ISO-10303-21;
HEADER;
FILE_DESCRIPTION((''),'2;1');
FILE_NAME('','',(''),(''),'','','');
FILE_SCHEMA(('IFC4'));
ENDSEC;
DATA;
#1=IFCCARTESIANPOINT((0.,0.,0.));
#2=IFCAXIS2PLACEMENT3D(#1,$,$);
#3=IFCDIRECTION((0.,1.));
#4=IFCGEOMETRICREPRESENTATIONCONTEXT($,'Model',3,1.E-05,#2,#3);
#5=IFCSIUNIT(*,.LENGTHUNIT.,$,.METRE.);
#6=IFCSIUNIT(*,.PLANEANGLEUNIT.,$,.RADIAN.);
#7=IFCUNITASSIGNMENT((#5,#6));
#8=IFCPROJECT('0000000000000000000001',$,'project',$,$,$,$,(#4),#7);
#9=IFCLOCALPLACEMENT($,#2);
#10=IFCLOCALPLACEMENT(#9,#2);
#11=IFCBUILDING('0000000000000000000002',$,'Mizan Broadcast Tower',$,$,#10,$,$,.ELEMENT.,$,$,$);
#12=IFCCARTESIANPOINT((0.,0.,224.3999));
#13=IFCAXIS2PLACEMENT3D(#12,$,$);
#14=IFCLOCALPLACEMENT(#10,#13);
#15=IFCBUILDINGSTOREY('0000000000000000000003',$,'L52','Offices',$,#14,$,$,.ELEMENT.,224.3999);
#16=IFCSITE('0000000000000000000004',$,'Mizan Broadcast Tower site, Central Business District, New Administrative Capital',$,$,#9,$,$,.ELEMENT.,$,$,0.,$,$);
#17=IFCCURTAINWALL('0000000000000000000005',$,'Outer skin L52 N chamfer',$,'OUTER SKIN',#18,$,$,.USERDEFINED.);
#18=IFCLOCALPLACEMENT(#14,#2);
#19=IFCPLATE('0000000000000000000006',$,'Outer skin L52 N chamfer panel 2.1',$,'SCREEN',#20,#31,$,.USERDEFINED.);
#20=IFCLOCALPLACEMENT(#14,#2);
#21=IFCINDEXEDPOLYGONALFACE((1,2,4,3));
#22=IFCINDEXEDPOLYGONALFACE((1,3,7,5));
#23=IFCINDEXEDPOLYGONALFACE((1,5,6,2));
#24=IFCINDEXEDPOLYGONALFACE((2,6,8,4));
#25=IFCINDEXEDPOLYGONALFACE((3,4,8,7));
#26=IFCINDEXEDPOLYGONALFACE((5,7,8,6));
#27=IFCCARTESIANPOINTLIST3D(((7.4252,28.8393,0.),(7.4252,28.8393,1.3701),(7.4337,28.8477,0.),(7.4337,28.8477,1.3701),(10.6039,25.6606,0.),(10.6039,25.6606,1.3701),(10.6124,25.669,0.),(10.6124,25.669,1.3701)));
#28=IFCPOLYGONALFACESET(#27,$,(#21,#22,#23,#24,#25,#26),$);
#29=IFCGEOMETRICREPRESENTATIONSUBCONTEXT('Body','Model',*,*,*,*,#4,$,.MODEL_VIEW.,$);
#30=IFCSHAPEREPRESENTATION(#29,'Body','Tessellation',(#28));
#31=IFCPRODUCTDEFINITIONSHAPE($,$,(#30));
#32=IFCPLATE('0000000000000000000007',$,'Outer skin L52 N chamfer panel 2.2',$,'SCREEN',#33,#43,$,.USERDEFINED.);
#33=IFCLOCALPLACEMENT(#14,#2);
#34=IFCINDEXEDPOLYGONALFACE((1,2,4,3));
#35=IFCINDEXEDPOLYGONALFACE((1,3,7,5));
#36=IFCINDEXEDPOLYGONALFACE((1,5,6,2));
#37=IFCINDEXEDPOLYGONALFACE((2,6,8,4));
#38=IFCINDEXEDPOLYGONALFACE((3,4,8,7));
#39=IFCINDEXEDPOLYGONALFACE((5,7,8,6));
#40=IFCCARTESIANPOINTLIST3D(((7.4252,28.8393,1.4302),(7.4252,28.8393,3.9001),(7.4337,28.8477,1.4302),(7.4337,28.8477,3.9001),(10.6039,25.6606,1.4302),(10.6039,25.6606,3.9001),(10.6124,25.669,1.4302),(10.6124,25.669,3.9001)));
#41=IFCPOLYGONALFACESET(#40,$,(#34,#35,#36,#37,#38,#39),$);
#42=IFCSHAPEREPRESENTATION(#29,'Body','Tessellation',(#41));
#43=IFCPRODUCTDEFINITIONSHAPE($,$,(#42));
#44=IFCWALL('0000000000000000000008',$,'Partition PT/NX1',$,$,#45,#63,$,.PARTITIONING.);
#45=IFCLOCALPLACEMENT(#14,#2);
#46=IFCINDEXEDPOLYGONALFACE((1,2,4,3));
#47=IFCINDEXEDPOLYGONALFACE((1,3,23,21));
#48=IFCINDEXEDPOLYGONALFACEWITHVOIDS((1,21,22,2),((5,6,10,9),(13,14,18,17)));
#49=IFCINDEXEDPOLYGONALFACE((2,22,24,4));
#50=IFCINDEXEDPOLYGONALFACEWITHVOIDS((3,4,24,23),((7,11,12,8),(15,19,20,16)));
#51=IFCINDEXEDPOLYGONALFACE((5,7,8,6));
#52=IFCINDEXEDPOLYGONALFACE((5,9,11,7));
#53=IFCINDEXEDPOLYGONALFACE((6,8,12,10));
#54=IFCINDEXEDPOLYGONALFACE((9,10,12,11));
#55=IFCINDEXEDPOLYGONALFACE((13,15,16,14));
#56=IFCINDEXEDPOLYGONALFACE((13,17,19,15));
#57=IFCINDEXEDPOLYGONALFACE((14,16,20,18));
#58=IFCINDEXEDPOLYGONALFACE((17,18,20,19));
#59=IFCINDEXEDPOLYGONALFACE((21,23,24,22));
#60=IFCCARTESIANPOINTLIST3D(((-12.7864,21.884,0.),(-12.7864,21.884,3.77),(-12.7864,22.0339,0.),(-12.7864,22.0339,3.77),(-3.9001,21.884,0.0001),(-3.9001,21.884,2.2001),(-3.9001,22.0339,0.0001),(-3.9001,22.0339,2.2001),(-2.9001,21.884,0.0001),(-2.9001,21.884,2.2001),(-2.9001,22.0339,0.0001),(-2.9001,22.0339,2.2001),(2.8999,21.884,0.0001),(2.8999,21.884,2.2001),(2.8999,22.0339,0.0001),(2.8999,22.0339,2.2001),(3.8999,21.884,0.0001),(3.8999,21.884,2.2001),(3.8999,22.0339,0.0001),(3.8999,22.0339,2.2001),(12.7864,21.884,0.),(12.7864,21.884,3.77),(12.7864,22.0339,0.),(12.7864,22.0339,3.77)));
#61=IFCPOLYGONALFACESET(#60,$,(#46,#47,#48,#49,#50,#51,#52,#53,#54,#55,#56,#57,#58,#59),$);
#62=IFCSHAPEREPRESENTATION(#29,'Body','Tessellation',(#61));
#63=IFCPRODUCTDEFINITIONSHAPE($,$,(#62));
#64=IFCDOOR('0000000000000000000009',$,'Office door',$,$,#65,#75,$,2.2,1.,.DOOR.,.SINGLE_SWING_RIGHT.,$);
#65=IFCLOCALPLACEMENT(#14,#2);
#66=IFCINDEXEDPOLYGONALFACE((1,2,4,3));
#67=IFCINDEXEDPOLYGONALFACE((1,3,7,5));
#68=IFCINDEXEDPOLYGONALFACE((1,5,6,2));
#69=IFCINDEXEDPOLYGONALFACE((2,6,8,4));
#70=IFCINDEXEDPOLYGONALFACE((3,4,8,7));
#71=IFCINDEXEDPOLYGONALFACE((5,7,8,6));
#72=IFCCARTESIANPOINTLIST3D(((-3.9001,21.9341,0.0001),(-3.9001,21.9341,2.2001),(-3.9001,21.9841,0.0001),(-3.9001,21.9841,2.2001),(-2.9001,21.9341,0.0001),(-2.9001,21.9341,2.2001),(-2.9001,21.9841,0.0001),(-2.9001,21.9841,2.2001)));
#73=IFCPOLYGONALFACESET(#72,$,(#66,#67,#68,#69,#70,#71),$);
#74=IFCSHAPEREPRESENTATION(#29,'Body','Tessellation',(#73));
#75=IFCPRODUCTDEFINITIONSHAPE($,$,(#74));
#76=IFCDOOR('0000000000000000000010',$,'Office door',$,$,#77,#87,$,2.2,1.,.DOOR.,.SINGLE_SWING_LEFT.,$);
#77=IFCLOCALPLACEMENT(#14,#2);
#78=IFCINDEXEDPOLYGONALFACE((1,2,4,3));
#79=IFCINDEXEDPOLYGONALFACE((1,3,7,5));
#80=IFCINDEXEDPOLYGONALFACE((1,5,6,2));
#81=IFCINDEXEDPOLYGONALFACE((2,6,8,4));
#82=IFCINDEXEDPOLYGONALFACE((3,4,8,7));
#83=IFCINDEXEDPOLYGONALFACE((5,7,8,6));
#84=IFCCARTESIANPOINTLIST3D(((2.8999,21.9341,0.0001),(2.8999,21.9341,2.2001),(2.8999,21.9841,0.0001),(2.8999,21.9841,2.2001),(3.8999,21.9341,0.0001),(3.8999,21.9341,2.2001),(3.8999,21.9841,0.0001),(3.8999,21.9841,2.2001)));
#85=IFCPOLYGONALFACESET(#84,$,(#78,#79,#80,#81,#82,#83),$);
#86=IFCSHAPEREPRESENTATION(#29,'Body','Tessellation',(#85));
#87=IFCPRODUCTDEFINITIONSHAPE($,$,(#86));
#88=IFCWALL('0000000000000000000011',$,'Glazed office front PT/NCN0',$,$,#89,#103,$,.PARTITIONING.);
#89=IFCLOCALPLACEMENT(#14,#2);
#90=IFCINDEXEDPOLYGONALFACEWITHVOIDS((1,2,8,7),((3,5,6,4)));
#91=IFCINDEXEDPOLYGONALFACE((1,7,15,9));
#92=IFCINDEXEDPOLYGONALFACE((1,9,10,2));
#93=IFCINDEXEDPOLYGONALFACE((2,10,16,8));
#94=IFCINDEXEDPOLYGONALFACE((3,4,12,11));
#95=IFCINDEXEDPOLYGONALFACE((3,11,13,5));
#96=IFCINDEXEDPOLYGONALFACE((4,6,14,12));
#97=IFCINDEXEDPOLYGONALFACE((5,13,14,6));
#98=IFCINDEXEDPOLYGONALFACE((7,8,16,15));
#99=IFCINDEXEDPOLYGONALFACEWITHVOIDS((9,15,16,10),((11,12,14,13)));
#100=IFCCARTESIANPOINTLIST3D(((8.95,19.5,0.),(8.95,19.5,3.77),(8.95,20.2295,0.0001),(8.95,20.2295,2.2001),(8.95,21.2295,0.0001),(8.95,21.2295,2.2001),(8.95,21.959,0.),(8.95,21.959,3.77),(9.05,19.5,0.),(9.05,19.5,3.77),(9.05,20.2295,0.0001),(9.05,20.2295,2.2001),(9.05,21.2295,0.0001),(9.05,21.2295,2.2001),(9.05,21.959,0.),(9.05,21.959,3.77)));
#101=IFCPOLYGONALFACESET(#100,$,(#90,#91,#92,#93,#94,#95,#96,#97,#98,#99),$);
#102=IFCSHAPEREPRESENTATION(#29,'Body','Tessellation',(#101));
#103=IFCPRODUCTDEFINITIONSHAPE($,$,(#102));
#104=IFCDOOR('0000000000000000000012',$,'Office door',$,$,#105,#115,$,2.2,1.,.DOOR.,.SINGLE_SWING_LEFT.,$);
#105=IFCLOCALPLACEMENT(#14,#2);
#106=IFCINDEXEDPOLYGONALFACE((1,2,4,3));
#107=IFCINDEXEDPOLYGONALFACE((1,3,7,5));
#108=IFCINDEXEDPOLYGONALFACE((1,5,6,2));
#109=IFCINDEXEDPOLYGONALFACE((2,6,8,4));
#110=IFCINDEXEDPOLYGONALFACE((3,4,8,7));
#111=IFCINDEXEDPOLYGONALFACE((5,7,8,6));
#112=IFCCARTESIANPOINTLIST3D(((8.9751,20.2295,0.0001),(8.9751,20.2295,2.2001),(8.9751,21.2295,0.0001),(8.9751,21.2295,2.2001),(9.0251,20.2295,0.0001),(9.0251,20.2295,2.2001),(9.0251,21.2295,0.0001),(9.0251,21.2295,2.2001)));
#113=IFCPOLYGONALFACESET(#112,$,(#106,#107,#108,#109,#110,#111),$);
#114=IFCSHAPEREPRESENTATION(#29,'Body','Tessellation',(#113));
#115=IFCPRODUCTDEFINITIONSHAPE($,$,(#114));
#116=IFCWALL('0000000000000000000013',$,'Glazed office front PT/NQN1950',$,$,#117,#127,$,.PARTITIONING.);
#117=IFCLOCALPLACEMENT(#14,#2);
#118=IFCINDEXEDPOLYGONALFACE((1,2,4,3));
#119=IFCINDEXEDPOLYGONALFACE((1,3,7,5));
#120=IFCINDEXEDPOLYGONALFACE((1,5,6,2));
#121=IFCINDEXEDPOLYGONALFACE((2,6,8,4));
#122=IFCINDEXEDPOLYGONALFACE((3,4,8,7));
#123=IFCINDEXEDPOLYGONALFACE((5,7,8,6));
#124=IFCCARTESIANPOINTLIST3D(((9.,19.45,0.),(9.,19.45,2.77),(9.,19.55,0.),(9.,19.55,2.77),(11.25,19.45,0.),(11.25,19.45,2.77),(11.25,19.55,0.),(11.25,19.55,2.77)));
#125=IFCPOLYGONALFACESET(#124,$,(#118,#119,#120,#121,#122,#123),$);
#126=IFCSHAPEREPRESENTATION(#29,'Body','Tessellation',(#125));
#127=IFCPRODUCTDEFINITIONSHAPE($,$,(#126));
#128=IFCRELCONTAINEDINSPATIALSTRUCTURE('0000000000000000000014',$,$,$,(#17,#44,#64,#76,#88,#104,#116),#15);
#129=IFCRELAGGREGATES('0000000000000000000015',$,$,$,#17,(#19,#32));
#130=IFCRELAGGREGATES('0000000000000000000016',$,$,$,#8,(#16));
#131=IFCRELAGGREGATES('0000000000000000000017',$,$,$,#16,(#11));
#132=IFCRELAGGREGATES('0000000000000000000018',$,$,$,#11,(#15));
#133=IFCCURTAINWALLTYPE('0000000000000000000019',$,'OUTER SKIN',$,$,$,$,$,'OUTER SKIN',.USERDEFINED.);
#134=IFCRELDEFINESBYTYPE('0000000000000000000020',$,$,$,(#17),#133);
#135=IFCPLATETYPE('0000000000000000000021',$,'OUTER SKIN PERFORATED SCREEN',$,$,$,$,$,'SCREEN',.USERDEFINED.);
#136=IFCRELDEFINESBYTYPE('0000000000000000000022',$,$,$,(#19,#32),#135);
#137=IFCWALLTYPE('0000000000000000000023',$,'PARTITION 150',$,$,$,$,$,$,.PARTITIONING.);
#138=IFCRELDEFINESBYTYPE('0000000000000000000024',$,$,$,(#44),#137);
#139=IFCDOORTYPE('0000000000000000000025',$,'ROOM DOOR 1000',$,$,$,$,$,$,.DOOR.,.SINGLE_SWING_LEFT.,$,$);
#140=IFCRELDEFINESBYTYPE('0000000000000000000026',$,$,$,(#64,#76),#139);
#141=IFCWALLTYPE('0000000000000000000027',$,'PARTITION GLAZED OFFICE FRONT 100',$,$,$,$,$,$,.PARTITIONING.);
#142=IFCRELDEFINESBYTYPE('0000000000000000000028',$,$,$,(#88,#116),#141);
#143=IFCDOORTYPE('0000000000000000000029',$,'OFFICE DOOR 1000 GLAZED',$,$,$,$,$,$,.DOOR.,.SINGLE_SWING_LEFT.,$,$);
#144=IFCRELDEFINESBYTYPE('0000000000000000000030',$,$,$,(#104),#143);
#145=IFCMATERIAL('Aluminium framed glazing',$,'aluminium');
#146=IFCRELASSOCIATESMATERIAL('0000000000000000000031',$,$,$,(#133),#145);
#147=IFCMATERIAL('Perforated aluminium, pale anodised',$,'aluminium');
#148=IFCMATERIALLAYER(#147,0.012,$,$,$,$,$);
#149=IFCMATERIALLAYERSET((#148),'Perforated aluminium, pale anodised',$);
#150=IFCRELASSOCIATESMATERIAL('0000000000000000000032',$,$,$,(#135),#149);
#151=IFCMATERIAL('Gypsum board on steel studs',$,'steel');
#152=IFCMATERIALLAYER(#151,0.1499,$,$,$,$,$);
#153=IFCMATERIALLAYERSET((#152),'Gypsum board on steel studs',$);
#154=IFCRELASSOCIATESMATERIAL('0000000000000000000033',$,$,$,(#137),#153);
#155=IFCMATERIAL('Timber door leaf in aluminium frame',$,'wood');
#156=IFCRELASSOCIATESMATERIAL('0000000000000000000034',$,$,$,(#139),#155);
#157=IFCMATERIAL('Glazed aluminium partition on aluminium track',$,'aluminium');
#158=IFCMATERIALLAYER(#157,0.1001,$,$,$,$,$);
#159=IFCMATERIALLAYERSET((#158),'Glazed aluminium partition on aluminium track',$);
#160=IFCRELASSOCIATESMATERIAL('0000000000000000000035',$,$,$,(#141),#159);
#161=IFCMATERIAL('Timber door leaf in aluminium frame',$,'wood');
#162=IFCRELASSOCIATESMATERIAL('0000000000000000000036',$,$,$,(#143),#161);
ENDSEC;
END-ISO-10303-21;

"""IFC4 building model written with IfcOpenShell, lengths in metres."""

from ifc_helpers import new_model, si_unit, direction, frame, frame_2d, origin, origin_2d, place, context, subcontext, project, spatial, rectangle, extrude, material, layer, layer_set, type_object, element, fill, aggregate, save


model = new_model("IFC4")

# Units and contexts
model_context = context("Model", 3, precision=1e-05, world=origin(), true_north=direction((0.0, 1.0)))
body_context = subcontext(model_context, "Body", "Model", "MODEL_VIEW")
ifc_project = project(units=[si_unit("LENGTHUNIT", "METRE"), si_unit("PLANEANGLEUNIT", "RADIAN")], contexts=[model_context])

# Site, building, storey
site_placement = place(None, origin())
site = spatial("IfcSite", under=ifc_project, at=site_placement, Name="Mizan Broadcast Tower site, Central Business District, New Administrative Capital", CompositionType="ELEMENT", RefElevation=0.0)
building_placement = place(site_placement, origin())
building = spatial("IfcBuilding", under=site, at=building_placement, Name="Mizan Broadcast Tower", CompositionType="ELEMENT")
storey_placement = place(building_placement, frame((0.0, 0.0, 224.3999)))
storey = spatial("IfcBuildingStorey", under=building, at=storey_placement, Name="L52", Description="Offices", CompositionType="ELEMENT", Elevation=224.3999)

# Curtain wall
ifc_material_1 = material(Name="Aluminium framed glazing", Category="aluminium")
curtain_wall_type_1 = type_object("IfcCurtainWallType", Name="OUTER SKIN", ElementType="OUTER SKIN", PredefinedType="USERDEFINED", material=ifc_material_1)
curtain_wall_1_placement = place(storey_placement, origin())
curtain_wall_1 = element("IfcCurtainWall", 1, at=curtain_wall_1_placement, inside=storey, type_object=curtain_wall_type_1, Name="Outer skin L52 N chamfer", ObjectType="OUTER SKIN", PredefinedType="USERDEFINED")

# Plates
ifc_material_2 = material(Name="Perforated aluminium, pale anodised", Category="aluminium")
ifc_layer_1 = layer(ifc_material_2, 0.012)
ifc_layer_set_1 = layer_set([ifc_layer_1], Name="Perforated aluminium, pale anodised")
plate_type_1 = type_object("IfcPlateType", Name="OUTER SKIN PERFORATED SCREEN", ElementType="SCREEN", PredefinedType="USERDEFINED", material=ifc_layer_set_1)
plate_1_placement = place(storey_placement, frame((9.0188, 27.2542, 0.0), z_axis=(0.0, 0.0, 1.0), x_axis=(-0.707107, 0.707107, 0.0)))
plate_1 = element("IfcPlate", 2, at=plate_1_placement, type_object=plate_type_1, Name="Outer skin L52 N chamfer panel 2.1", ObjectType="SCREEN", PredefinedType="USERDEFINED", context=body_context, shape_type="SweptSolid", body=[
    extrude(rectangle(XDim=4.4954, YDim=0.012, at=origin_2d()), origin(), (0.0, 0.0, 1.0), 1.3701),
])
plate_2_placement = place(storey_placement, frame((9.0188, 27.2542, 1.4302), z_axis=(0.0, 0.0, 1.0), x_axis=(-0.707107, 0.707107, 0.0)))
plate_2 = element("IfcPlate", 3, at=plate_2_placement, type_object=plate_type_1, Name="Outer skin L52 N chamfer panel 2.2", ObjectType="SCREEN", PredefinedType="USERDEFINED", context=body_context, shape_type="SweptSolid", body=[
    extrude(rectangle(XDim=4.4954, YDim=0.012, at=origin_2d()), origin(), (0.0, 0.0, 1.0), 2.47),
])
aggregate(curtain_wall_1, [plate_1, plate_2])

# Wall, openings, doors
ifc_material_3 = material(Name="Gypsum board on steel studs", Category="steel")
ifc_layer_2 = layer(ifc_material_3, 0.1499)
ifc_layer_set_2 = layer_set([ifc_layer_2], Name="Gypsum board on steel studs")
wall_type_1 = type_object("IfcWallType", Name="PARTITION 150", PredefinedType="PARTITIONING", material=ifc_layer_set_2)
wall_1_placement = place(storey_placement, frame((12.7864, 21.959, 0.0), z_axis=(0.0, 0.0, 1.0), x_axis=(-1.0, 0.0, 0.0)))
wall_1 = element("IfcWall", 4, at=wall_1_placement, inside=storey, type_object=wall_type_1, Name="Partition PT/NX1", PredefinedType="PARTITIONING", context=body_context, shape_type="SweptSolid", body=[
    extrude(rectangle(XDim=25.5728, YDim=0.1499, at=frame_2d((12.7864, 0.0))), origin(), (0.0, 0.0, 1.0), 3.77),
])
opening_1_placement = place(wall_1_placement, frame((15.6865, 0.0, 0.0)))
opening_1 = element("IfcOpeningElement", 5, at=opening_1_placement, cuts=wall_1, PredefinedType="OPENING", context=body_context, shape_type="SweptSolid", body=[
    extrude(rectangle(XDim=1.0, YDim=2.2, at=frame_2d((0.5, 1.1001))), frame((0.0, 0.085, 0.0), z_axis=(0.0, -1.0, 0.0), x_axis=(1.0, 0.0, 0.0)), (0.0, 0.0, 1.0), 0.1699),
])
opening_2_placement = place(wall_1_placement, frame((8.8865, 0.0, 0.0)))
opening_2 = element("IfcOpeningElement", 6, at=opening_2_placement, cuts=wall_1, PredefinedType="OPENING", context=body_context, shape_type="SweptSolid", body=[
    extrude(rectangle(XDim=1.0, YDim=2.2, at=frame_2d((0.5, 1.1001))), frame((0.0, 0.085, 0.0), z_axis=(0.0, -1.0, 0.0), x_axis=(1.0, 0.0, 0.0)), (0.0, 0.0, 1.0), 0.1699),
])
ifc_material_4 = material(Name="Timber door leaf in aluminium frame", Category="wood")
door_type_1 = type_object("IfcDoorType", Name="ROOM DOOR 1000", OperationType="SINGLE_SWING_LEFT", PredefinedType="DOOR", material=ifc_material_4)
door_1_placement = place(opening_1_placement, origin())
door_1 = element("IfcDoor", 7, at=door_1_placement, inside=storey, type_object=door_type_1, Name="Office door", OperationType="SINGLE_SWING_RIGHT", OverallHeight=2.2, OverallWidth=1.0, PredefinedType="DOOR", context=body_context, shape_type="SweptSolid", body=[
    extrude(rectangle(XDim=1.0, YDim=2.2, at=frame_2d((0.5, 1.1001))), frame((0.0, 0.0249, 0.0), z_axis=(0.0, -1.0, 0.0), x_axis=(1.0, 0.0, 0.0)), (0.0, 0.0, 1.0), 0.05),
])
fill(opening_1, door_1)
door_2_placement = place(opening_2_placement, origin())
door_2 = element("IfcDoor", 8, at=door_2_placement, inside=storey, type_object=door_type_1, Name="Office door", OperationType="SINGLE_SWING_LEFT", OverallHeight=2.2, OverallWidth=1.0, PredefinedType="DOOR", context=body_context, shape_type="SweptSolid", body=[
    extrude(rectangle(XDim=1.0, YDim=2.2, at=frame_2d((0.5, 1.1001))), frame((0.0, 0.0249, 0.0), z_axis=(0.0, -1.0, 0.0), x_axis=(1.0, 0.0, 0.0)), (0.0, 0.0, 1.0), 0.05),
])
fill(opening_2, door_2)

# Wall, opening, door
ifc_material_5 = material(Name="Glazed aluminium partition on aluminium track", Category="aluminium")
ifc_layer_3 = layer(ifc_material_5, 0.1001)
ifc_layer_set_3 = layer_set([ifc_layer_3], Name="Glazed aluminium partition on aluminium track")
wall_type_2 = type_object("IfcWallType", Name="PARTITION GLAZED OFFICE FRONT 100", PredefinedType="PARTITIONING", material=ifc_layer_set_3)
wall_2_placement = place(storey_placement, frame((9.0, 19.5, 0.0), z_axis=(0.0, 0.0, 1.0), x_axis=(0.0, 1.0, 0.0)))
wall_2 = element("IfcWall", 9, at=wall_2_placement, inside=storey, type_object=wall_type_2, Name="Glazed office front PT/NCN0", PredefinedType="PARTITIONING", context=body_context, shape_type="SweptSolid", body=[
    extrude(rectangle(XDim=2.459, YDim=0.1001, at=frame_2d((1.2295, 0.0))), origin(), (0.0, 0.0, 1.0), 3.77),
])
opening_3_placement = place(wall_2_placement, frame((0.7295, 0.0, 0.0)))
opening_3 = element("IfcOpeningElement", 10, at=opening_3_placement, cuts=wall_2, PredefinedType="OPENING", context=body_context, shape_type="SweptSolid", body=[
    extrude(rectangle(XDim=1.0, YDim=2.2, at=frame_2d((0.5, 1.1001))), frame((0.0, 0.0601, 0.0), z_axis=(0.0, -1.0, 0.0), x_axis=(1.0, 0.0, 0.0)), (0.0, 0.0, 1.0), 0.1201),
])
ifc_material_6 = material(Name="Timber door leaf in aluminium frame", Category="wood")
door_type_2 = type_object("IfcDoorType", Name="OFFICE DOOR 1000 GLAZED", OperationType="SINGLE_SWING_LEFT", PredefinedType="DOOR", material=ifc_material_6)
door_3_placement = place(opening_3_placement, origin())
door_3 = element("IfcDoor", 11, at=door_3_placement, inside=storey, type_object=door_type_2, Name="Office door", OperationType="SINGLE_SWING_LEFT", OverallHeight=2.2, OverallWidth=1.0, PredefinedType="DOOR", context=body_context, shape_type="SweptSolid", body=[
    extrude(rectangle(XDim=1.0, YDim=2.2, at=frame_2d((0.5, 1.1001))), frame((0.0, 0.0249, 0.0), z_axis=(0.0, -1.0, 0.0), x_axis=(1.0, 0.0, 0.0)), (0.0, 0.0, 1.0), 0.05),
])
fill(opening_3, door_3)

# Wall
wall_3_placement = place(storey_placement, frame((9.0, 19.5, 0.0), z_axis=(0.0, 0.0, 1.0), x_axis=(1.0, 0.0, 0.0)))
element("IfcWall", 12, at=wall_3_placement, inside=storey, type_object=wall_type_2, Name="Glazed office front PT/NQN1950", PredefinedType="PARTITIONING", context=body_context, shape_type="SweptSolid", body=[
    extrude(rectangle(XDim=2.25, YDim=0.1001, at=frame_2d((1.125, 0.0))), origin(), (0.0, 0.0, 1.0), 2.77),
])

save(model, "model.ifc")
